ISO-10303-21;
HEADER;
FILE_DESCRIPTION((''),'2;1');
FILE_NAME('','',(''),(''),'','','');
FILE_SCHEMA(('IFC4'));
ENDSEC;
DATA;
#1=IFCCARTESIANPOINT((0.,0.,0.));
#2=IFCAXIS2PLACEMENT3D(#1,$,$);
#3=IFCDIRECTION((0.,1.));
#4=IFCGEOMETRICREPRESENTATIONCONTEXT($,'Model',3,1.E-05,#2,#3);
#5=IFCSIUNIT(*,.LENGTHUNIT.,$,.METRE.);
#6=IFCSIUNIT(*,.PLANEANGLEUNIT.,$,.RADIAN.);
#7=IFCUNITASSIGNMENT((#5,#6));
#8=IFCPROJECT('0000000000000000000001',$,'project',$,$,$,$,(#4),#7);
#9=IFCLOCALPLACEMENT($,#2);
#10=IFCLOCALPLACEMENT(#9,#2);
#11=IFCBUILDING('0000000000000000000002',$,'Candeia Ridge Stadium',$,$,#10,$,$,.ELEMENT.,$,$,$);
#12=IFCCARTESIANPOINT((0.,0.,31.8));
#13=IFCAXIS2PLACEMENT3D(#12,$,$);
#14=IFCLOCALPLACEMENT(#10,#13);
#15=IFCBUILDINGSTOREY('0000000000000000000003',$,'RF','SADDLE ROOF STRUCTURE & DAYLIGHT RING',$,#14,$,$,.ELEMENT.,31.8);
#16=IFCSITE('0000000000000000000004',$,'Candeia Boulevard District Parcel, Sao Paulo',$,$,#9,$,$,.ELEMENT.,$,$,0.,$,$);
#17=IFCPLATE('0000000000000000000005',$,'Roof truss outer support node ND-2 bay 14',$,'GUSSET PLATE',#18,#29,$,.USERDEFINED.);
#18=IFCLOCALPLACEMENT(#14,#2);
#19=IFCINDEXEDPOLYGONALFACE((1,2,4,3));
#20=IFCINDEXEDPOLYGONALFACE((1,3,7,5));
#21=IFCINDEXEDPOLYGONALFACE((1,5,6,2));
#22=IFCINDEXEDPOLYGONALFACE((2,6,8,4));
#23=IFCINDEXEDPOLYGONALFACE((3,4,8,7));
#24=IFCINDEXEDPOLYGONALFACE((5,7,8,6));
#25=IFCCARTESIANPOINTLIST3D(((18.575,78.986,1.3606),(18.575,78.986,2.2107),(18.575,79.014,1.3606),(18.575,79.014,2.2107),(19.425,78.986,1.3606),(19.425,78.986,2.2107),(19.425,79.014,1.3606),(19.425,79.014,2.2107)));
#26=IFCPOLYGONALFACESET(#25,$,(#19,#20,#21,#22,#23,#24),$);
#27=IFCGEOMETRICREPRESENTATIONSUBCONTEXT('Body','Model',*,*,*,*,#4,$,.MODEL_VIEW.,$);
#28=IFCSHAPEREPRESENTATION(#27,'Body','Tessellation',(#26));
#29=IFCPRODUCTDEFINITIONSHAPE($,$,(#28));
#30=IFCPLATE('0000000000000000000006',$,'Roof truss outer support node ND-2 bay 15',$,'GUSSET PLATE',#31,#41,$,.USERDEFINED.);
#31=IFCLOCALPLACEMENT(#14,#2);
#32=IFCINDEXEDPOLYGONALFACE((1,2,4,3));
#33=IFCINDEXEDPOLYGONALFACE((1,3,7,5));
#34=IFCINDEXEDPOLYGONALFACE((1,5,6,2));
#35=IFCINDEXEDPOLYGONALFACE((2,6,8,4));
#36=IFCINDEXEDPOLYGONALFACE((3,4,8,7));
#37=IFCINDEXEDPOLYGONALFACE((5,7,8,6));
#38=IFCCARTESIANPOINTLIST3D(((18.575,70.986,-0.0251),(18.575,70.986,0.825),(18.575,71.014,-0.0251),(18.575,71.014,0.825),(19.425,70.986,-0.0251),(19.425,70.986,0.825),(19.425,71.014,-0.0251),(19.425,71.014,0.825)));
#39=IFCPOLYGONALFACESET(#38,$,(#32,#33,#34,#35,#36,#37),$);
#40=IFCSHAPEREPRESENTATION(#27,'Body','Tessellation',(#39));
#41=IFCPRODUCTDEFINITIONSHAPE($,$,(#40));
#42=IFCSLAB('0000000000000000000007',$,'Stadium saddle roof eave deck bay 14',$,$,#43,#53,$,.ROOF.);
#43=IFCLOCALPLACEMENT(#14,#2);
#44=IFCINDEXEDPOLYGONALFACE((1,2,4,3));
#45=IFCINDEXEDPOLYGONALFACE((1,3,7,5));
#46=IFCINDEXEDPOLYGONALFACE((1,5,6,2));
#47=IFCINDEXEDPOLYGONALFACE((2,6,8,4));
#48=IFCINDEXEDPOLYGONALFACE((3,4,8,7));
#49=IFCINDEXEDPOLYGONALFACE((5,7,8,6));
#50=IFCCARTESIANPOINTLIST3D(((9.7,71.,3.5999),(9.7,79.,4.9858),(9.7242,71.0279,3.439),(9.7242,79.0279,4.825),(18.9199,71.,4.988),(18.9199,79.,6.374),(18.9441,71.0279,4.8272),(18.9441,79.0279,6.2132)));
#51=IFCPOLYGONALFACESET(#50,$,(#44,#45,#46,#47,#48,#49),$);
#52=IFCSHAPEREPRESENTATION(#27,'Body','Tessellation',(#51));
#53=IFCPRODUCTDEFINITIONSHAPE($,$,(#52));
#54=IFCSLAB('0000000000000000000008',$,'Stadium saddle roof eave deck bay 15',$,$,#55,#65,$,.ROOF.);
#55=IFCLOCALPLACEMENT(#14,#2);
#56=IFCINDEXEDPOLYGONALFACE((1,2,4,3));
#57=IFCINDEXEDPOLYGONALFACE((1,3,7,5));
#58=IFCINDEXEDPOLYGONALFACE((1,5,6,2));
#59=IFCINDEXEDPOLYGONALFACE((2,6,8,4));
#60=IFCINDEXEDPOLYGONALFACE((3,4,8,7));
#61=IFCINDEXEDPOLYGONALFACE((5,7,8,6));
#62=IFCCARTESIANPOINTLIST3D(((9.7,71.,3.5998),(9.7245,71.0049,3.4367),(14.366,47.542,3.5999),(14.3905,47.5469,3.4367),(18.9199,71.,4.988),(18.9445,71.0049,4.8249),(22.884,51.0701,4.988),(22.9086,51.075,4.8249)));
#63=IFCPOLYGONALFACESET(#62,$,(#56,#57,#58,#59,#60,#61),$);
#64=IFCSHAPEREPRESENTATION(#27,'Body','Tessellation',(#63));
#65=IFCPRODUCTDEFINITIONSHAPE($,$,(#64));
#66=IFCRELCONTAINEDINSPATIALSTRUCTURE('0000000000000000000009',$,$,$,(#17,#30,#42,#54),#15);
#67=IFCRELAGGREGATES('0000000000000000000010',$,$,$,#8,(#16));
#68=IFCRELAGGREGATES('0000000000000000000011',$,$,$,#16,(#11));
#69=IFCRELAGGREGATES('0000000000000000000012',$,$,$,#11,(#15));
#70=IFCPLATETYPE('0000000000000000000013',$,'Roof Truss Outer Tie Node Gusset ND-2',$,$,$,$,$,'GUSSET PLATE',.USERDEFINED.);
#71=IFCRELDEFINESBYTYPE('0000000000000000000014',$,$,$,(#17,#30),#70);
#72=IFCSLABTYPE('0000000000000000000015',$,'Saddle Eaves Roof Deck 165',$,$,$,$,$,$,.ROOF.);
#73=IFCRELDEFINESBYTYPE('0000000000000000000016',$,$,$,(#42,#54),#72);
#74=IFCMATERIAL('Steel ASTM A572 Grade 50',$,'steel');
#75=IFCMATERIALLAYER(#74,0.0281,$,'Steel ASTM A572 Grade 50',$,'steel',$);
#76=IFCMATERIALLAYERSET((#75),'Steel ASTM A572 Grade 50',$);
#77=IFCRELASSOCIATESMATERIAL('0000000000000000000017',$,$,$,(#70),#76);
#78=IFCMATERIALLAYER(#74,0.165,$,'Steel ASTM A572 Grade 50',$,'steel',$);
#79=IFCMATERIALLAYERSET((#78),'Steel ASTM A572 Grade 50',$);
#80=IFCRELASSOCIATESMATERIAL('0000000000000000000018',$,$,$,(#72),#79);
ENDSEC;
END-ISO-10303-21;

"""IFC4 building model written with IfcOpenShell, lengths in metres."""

from ifc_helpers import new_model, si_unit, direction, frame, origin, origin_2d, place, context, subcontext, project, spatial, polyline, rectangle, outline, extrude, material, layer, layer_set, type_object, element, save


model = new_model("IFC4")

# Units and contexts
model_context = context("Model", 3, precision=1e-05, world=origin(), true_north=direction((0.0, 1.0)))
body_context = subcontext(model_context, "Body", "Model", "MODEL_VIEW")
ifc_project = project(units=[si_unit("LENGTHUNIT", "METRE"), si_unit("PLANEANGLEUNIT", "RADIAN")], contexts=[model_context])

# Site, building, storey
site_placement = place(None, origin())
site = spatial("IfcSite", under=ifc_project, at=site_placement, Name="Candeia Boulevard District Parcel, Sao Paulo", CompositionType="ELEMENT", RefElevation=0.0)
building_placement = place(site_placement, origin())
building = spatial("IfcBuilding", under=site, at=building_placement, Name="Candeia Ridge Stadium", CompositionType="ELEMENT")
storey_placement = place(building_placement, frame((0.0, 0.0, 31.8)))
storey = spatial("IfcBuildingStorey", under=building, at=storey_placement, Name="RF", Description="SADDLE ROOF STRUCTURE & DAYLIGHT RING", CompositionType="ELEMENT", Elevation=31.8)

# Shared definitions
ifc_material_1 = material(Name="Steel ASTM A572 Grade 50", Category="steel")

# Plates
ifc_layer_1 = layer(ifc_material_1, 0.0281, Name="Steel ASTM A572 Grade 50", Category="steel")
ifc_layer_set_1 = layer_set([ifc_layer_1], Name="Steel ASTM A572 Grade 50")
plate_type_1 = type_object("IfcPlateType", Name="Roof Truss Outer Tie Node Gusset ND-2", ElementType="GUSSET PLATE", PredefinedType="USERDEFINED", material=ifc_layer_set_1)
for number, where, z_axis, x_axis, name in (
    (1, (19.0, 79.0, 1.3606), (0.0, 0.0, 1.0), (-1.0, 0.0, 0.0), "Roof truss outer support node ND-2 bay 14"),
    (2, (19.0, 71.0, -0.0251), (0.0, 0.0, 1.0), (-1.0, 0.0, 0.0), "Roof truss outer support node ND-2 bay 15"),
):
    element("IfcPlate", number, at=place(storey_placement, frame(where, z_axis=z_axis, x_axis=x_axis)), inside=storey, type_object=plate_type_1, Name=name, ObjectType="GUSSET PLATE", PredefinedType="USERDEFINED", context=body_context, shape_type="SweptSolid", body=[
        extrude(rectangle(XDim=0.8501, YDim=0.0281, at=origin_2d()), origin(), (0.0, 0.0, 1.0), 0.8501),
    ])

# Slabs
ifc_layer_2 = layer(ifc_material_1, 0.165, Name="Steel ASTM A572 Grade 50", Category="steel")
ifc_layer_set_2 = layer_set([ifc_layer_2], Name="Steel ASTM A572 Grade 50")
slab_type = type_object("IfcSlabType", Name="Saddle Eaves Roof Deck 165", PredefinedType="ROOF", material=ifc_layer_set_2)
slab_1_placement = place(storey_placement, frame((18.9199, 79.0, 6.374), z_axis=(-0.146747, -0.168857, 0.974655), x_axis=(0.0, -0.985322, -0.170705)))
element("IfcSlab", 3, at=slab_1_placement, inside=storey, type_object=slab_type, Name="Stadium saddle roof eave deck bay 14", PredefinedType="ROOF", context=body_context, shape_type="SweptSolid", body=[
    extrude(outline(polyline([(0.0, 0.0), (8.1192, 0.0), (8.3561, -9.3209), (0.237, -9.3209), (0.0, 0.0)])), origin(), (0.0, 0.0, -1.0), 0.165),
])
slab_2_placement = place(storey_placement, frame((18.9199, 71.0, 4.988), z_axis=(-0.148821, -0.029601, 0.988421), x_axis=(0.195081, -0.980787, -0.000001)))
element("IfcSlab", 4, at=slab_2_placement, inside=storey, type_object=slab_type, Name="Stadium saddle roof eave deck bay 15", PredefinedType="ROOF", context=body_context, shape_type="SweptSolid", body=[
    extrude(outline(polyline([(0.0, 0.0), (20.3203, 0.0), (22.1189, -9.1486), (-1.7986, -9.1488), (0.0, 0.0)])), origin(), (0.0, 0.0, -1.0), 0.165),
])

save(model, "model.ifc")
